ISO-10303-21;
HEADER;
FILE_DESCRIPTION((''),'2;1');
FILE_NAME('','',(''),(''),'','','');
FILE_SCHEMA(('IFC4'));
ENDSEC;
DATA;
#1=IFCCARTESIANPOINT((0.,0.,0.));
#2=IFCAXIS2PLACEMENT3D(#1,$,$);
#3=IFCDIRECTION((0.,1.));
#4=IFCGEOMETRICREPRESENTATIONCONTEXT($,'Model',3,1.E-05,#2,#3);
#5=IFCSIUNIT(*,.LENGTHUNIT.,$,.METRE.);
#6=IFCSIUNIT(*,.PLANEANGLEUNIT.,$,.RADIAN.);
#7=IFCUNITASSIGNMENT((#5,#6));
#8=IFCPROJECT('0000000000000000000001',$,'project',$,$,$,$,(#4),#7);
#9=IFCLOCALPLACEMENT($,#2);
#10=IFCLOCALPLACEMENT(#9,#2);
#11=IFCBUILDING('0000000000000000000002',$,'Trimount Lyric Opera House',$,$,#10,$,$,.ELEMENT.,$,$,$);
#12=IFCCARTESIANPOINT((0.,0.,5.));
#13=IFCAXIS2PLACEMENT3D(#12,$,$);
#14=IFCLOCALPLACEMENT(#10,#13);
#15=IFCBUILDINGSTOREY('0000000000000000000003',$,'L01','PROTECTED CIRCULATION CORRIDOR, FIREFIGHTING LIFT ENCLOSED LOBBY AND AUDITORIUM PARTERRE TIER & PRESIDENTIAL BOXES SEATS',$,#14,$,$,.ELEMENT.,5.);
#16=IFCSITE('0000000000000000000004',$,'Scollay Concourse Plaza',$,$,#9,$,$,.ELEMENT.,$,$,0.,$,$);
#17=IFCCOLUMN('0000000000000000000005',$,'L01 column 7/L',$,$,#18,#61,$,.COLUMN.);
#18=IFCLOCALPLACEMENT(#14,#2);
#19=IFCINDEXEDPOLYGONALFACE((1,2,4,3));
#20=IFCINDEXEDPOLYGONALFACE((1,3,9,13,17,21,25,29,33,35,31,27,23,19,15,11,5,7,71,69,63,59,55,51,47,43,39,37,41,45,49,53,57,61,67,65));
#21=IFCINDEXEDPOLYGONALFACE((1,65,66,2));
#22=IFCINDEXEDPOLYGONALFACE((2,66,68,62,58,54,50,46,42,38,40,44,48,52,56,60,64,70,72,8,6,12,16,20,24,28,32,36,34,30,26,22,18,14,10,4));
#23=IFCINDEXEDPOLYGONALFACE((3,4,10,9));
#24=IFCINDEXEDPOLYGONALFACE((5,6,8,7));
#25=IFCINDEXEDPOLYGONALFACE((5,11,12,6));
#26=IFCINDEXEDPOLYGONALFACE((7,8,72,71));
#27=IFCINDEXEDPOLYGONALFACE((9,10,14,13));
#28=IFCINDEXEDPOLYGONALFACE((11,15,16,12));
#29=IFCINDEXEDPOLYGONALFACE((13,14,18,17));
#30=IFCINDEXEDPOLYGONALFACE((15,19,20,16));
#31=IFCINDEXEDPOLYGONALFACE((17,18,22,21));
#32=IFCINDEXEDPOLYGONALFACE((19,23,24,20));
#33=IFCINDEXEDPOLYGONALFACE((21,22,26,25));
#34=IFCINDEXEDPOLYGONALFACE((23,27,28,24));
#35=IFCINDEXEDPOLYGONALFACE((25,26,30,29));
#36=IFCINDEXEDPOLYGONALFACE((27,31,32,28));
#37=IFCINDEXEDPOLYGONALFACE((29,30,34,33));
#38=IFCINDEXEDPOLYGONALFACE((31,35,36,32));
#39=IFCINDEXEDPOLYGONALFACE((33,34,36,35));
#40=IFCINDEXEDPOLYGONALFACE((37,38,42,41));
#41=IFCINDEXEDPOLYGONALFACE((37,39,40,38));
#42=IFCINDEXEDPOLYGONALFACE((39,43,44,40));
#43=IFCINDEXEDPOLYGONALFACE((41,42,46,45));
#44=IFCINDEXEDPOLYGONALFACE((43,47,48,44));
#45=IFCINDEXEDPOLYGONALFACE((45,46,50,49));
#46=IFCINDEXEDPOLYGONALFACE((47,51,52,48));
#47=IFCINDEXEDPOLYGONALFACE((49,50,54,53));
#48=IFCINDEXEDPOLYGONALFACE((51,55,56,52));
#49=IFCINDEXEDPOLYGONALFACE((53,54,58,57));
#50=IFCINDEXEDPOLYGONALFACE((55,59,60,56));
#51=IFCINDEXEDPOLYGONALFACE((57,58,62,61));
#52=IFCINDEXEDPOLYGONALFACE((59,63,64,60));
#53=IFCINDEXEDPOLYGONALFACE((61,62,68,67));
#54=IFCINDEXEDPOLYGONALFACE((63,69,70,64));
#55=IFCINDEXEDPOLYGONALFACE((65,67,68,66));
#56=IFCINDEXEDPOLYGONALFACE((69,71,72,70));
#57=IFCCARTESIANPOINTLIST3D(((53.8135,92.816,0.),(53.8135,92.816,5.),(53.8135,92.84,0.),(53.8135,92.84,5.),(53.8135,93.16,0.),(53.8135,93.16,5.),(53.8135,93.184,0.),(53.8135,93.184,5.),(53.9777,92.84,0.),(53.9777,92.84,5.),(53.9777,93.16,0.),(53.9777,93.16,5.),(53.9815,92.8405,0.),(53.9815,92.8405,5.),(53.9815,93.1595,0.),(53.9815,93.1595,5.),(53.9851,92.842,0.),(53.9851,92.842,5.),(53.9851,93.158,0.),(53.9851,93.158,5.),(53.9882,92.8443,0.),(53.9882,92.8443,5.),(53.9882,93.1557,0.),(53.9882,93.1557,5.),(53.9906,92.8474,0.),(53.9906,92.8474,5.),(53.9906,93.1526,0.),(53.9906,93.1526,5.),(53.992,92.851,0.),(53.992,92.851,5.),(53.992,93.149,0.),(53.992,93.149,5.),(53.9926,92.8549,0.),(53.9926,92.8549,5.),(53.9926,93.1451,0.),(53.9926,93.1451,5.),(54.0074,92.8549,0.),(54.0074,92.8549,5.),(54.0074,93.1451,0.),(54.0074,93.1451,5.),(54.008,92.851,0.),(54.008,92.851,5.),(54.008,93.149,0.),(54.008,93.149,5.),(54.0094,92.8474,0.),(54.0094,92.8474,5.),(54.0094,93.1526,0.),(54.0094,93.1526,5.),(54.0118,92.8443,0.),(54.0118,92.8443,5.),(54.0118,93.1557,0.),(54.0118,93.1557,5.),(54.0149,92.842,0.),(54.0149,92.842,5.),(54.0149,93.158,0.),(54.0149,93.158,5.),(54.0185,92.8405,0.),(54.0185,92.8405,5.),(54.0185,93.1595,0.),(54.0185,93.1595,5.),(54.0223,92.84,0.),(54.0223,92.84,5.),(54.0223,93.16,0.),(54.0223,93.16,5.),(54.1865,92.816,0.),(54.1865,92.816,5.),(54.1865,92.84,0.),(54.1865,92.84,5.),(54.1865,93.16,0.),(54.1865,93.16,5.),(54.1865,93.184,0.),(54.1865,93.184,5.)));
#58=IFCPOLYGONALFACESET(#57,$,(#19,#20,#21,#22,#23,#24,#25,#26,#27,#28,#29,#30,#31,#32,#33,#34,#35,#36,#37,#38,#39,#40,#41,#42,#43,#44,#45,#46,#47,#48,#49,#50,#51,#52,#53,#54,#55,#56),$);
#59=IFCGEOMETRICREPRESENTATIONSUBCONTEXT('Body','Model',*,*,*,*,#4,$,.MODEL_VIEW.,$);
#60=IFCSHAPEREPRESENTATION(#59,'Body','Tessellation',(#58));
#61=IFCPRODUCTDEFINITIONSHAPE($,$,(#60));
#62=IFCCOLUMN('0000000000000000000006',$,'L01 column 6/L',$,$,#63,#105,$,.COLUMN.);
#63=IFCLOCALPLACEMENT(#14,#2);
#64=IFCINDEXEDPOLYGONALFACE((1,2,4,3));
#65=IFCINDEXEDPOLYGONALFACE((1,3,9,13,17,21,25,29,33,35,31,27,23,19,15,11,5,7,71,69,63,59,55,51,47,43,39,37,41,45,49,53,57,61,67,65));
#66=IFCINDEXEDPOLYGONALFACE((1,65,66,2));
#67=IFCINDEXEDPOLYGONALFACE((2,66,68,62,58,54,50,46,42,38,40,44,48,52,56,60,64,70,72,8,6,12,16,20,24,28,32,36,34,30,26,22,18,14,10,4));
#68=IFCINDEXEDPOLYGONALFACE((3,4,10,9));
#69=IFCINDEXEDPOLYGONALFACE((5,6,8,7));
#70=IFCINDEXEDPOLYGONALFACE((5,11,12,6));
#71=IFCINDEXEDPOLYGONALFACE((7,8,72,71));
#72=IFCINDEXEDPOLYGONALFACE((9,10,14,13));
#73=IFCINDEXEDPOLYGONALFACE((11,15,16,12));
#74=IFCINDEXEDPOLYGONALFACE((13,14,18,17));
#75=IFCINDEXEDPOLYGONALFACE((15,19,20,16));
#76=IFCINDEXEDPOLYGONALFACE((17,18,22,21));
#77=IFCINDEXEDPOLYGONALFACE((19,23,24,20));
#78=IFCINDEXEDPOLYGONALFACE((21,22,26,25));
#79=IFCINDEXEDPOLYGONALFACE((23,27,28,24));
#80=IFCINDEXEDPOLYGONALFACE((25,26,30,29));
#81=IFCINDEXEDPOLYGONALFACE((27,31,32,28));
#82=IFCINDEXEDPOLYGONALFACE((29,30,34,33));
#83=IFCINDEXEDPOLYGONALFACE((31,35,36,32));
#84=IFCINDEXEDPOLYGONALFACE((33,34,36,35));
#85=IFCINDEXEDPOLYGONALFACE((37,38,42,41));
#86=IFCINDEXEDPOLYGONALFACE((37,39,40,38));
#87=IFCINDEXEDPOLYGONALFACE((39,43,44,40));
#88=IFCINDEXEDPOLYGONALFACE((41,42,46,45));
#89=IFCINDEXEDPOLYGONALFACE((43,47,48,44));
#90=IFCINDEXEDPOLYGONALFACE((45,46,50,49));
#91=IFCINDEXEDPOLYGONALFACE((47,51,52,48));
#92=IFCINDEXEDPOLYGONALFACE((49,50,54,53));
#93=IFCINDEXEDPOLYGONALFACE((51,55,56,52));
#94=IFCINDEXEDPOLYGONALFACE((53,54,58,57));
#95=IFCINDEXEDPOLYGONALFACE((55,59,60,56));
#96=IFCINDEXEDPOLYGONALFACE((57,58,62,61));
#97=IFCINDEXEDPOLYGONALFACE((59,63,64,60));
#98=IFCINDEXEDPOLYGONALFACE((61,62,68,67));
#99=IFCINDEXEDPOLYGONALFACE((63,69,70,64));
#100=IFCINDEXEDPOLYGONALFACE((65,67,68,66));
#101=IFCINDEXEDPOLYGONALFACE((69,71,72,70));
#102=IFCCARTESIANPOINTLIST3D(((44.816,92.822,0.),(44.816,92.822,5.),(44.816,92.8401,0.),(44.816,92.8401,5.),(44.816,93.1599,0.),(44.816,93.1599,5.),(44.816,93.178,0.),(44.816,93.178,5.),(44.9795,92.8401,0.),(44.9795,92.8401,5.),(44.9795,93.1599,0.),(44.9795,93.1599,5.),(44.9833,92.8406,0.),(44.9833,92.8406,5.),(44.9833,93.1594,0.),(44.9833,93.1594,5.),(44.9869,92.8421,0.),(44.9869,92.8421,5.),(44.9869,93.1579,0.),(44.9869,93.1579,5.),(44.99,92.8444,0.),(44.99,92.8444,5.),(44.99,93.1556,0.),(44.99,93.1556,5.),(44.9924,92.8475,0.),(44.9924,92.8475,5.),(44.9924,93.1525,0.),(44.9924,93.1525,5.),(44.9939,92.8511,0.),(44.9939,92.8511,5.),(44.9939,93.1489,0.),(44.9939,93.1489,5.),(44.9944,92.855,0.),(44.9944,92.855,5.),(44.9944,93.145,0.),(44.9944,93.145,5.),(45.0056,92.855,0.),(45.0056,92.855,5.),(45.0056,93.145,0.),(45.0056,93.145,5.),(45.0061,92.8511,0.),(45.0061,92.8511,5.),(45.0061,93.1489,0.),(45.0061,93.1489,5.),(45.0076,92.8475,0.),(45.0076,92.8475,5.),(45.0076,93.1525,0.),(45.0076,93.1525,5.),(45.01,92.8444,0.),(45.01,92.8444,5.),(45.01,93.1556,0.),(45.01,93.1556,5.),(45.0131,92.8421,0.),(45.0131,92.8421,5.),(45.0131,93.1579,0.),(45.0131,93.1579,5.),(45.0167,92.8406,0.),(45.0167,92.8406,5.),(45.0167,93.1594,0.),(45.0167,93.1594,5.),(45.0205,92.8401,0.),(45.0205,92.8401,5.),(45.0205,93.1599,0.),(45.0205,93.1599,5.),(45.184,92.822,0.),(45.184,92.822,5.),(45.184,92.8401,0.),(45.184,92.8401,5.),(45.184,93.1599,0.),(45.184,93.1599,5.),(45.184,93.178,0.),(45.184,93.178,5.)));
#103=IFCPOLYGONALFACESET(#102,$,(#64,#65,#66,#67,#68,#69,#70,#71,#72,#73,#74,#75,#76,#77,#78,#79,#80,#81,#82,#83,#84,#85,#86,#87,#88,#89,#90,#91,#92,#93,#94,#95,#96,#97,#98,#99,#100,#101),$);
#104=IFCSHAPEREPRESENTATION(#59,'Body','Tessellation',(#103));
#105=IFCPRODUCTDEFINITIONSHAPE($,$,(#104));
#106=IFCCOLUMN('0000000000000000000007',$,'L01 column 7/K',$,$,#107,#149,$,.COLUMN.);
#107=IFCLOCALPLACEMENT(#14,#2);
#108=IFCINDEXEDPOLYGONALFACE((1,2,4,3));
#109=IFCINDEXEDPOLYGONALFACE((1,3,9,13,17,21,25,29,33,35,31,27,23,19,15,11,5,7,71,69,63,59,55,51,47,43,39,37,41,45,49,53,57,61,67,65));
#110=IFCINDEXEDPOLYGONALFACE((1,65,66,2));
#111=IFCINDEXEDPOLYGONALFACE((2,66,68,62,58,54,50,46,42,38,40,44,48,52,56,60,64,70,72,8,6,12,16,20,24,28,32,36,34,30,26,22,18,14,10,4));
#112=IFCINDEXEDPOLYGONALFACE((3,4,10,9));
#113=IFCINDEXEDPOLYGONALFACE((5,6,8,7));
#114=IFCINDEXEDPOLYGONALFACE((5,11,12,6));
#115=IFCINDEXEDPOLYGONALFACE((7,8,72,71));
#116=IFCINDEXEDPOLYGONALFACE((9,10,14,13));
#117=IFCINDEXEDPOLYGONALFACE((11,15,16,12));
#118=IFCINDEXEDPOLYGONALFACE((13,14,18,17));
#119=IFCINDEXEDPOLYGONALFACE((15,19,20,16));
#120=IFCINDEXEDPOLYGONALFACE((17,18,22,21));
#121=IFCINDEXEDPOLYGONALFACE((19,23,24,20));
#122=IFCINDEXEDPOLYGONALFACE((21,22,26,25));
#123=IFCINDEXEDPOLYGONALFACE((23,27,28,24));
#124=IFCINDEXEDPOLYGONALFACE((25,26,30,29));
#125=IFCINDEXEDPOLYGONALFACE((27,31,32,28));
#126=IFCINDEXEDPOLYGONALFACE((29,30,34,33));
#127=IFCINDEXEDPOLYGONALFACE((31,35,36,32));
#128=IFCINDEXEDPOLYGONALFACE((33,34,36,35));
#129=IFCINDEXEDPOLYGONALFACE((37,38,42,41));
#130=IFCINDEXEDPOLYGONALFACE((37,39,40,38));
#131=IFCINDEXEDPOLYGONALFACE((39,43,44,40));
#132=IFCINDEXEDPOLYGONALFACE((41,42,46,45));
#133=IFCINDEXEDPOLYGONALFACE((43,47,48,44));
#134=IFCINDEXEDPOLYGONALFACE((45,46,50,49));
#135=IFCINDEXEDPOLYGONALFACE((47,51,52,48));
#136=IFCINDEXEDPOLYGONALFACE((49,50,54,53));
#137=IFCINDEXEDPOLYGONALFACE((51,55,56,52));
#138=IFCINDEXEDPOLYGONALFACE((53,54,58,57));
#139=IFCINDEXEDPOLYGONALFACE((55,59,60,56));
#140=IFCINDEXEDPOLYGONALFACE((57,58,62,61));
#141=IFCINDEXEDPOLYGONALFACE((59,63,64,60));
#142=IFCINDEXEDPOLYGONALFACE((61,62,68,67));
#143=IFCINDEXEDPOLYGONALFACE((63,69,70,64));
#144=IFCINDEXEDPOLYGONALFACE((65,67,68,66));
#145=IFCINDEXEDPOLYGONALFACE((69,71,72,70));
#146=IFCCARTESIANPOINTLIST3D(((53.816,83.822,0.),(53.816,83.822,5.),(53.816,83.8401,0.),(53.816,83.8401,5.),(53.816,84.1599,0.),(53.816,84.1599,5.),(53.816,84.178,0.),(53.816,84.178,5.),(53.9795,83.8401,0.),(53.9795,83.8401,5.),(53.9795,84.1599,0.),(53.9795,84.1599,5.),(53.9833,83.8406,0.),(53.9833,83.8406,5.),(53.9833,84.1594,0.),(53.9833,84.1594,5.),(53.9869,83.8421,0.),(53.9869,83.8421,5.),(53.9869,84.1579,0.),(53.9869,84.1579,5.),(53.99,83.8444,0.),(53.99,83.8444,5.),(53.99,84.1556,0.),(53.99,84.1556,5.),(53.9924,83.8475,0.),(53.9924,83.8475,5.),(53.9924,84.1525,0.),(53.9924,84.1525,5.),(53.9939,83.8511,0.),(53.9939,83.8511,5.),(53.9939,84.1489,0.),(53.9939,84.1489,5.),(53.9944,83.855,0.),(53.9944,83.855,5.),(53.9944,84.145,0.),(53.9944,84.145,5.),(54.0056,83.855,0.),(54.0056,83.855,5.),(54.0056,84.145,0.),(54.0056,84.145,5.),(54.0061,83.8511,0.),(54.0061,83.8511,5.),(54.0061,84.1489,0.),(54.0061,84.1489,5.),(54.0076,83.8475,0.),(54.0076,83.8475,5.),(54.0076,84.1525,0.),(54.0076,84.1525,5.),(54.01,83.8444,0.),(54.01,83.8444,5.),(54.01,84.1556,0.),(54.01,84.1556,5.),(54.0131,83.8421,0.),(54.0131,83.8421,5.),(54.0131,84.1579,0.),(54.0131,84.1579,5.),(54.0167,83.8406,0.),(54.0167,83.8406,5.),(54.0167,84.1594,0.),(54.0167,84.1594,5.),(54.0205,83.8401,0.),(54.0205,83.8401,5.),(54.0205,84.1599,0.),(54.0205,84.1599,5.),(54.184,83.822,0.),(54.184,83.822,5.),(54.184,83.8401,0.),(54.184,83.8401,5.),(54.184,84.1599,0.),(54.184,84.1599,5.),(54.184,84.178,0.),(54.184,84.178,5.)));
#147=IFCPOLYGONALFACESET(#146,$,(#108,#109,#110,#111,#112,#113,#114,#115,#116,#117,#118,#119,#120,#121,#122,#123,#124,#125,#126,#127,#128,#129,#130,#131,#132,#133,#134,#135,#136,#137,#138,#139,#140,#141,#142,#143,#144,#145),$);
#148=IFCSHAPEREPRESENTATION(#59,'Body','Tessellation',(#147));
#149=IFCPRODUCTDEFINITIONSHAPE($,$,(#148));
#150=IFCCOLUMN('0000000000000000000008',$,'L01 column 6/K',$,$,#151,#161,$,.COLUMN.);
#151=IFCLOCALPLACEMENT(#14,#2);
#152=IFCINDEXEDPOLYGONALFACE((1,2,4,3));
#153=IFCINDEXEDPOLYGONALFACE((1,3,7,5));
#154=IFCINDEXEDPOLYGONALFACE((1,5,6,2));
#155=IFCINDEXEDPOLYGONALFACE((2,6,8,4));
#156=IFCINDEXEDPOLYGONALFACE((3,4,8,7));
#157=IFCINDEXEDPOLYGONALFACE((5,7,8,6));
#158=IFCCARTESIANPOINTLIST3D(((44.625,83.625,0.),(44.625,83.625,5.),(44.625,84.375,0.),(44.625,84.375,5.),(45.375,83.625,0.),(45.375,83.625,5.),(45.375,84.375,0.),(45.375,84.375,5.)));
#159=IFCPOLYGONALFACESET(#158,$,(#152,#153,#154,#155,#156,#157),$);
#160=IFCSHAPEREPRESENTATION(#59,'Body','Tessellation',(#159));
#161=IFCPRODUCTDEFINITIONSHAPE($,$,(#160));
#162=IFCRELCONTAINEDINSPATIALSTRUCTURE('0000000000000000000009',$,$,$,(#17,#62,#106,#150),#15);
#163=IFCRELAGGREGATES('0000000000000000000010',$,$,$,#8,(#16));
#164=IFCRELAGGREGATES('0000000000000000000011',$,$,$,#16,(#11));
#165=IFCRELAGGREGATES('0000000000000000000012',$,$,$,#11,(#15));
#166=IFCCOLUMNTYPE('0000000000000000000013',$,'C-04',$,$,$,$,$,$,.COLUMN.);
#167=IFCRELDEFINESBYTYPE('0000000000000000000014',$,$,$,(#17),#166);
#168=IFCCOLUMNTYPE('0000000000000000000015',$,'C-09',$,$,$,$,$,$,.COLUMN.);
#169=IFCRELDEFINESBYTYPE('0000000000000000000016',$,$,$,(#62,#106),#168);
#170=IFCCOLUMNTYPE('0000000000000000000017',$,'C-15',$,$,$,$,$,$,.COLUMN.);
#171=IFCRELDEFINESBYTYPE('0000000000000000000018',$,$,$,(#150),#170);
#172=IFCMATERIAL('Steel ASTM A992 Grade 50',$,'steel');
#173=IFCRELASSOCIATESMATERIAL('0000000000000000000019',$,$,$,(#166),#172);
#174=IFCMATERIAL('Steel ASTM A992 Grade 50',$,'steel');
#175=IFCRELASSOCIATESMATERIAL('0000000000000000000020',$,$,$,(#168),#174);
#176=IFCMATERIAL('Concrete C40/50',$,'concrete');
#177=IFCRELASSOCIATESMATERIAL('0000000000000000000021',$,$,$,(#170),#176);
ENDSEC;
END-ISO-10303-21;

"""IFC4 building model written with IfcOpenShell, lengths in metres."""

from ifc_helpers import new_model, si_unit, direction, frame, origin, origin_2d, place, context, subcontext, project, spatial, rectangle, i_section, extrude, material, material_profile, profile_set, type_object, element, save


model = new_model("IFC4")

# Units and contexts
model_context = context("Model", 3, precision=1e-05, world=origin(), true_north=direction((0.0, 1.0)))
body_context = subcontext(model_context, "Body", "Model", "MODEL_VIEW")
ifc_project = project(units=[si_unit("LENGTHUNIT", "METRE"), si_unit("PLANEANGLEUNIT", "RADIAN")], contexts=[model_context])

# Site, building, storey
site_placement = place(None, origin())
site = spatial("IfcSite", under=ifc_project, at=site_placement, Name="Scollay Concourse Plaza", CompositionType="ELEMENT", RefElevation=0.0)
building_placement = place(site_placement, origin())
building = spatial("IfcBuilding", under=site, at=building_placement, Name="Trimount Lyric Opera House", CompositionType="ELEMENT")
storey_placement = place(building_placement, frame((0.0, 0.0, 5.0)))
storey = spatial("IfcBuildingStorey", under=building, at=storey_placement, Name="L01", Description="PROTECTED CIRCULATION CORRIDOR, FIREFIGHTING LIFT ENCLOSED LOBBY AND AUDITORIUM PARTERRE TIER & PRESIDENTIAL BOXES SEATS", CompositionType="ELEMENT", Elevation=5.0)

# Columns
ifc_material_1 = material(Name="Steel ASTM A992 Grade 50", Category="steel")
ifc_material_profile_1 = material_profile(ifc_material_1, i_section(OverallWidth=0.373, OverallDepth=0.3679, WebThickness=0.0149, FlangeThickness=0.0239, FilletRadius=0.0149, at=origin_2d()), Name="W14X120")
ifc_profile_set_1 = profile_set([ifc_material_profile_1], Name="Steel ASTM A992 Grade 50")
column_type_1 = type_object("IfcColumnType", Name="C-04", PredefinedType="COLUMN", material=ifc_profile_set_1)
column_1_placement = place(storey_placement, frame((54.0, 93.0, 0.0), z_axis=(0.0, 0.0, 1.0), x_axis=(1.0, 0.0, 0.0)))
element("IfcColumn", 1, at=column_1_placement, inside=storey, type_object=column_type_1, Name="L01 column 7/L", PredefinedType="COLUMN", context=body_context, shape_type="SweptSolid", body=[
    extrude(i_section(OverallWidth=0.373, OverallDepth=0.3679, WebThickness=0.0149, FlangeThickness=0.0239, FilletRadius=0.0149, at=origin_2d()), origin(), (0.0, 0.0, 1.0), 5.0),
])
ifc_material_2 = material(Name="Steel ASTM A992 Grade 50", Category="steel")
ifc_material_profile_2 = material_profile(ifc_material_2, i_section(OverallWidth=0.3679, OverallDepth=0.356, WebThickness=0.0112, FlangeThickness=0.0181, FilletRadius=0.0149, at=origin_2d()), Name="W14X90")
ifc_profile_set_2 = profile_set([ifc_material_profile_2], Name="Steel ASTM A992 Grade 50")
column_type_2 = type_object("IfcColumnType", Name="C-09", PredefinedType="COLUMN", material=ifc_profile_set_2)
for number, where, z_axis, x_axis, name in (
    (2, (45.0, 93.0, 0.0), (0.0, 0.0, 1.0), (1.0, 0.0, 0.0), "L01 column 6/L"),
    (3, (54.0, 84.0, 0.0), (0.0, 0.0, 1.0), (1.0, 0.0, 0.0), "L01 column 7/K"),
):
    element("IfcColumn", number, at=place(storey_placement, frame(where, z_axis=z_axis, x_axis=x_axis)), inside=storey, type_object=column_type_2, Name=name, PredefinedType="COLUMN", context=body_context, shape_type="SweptSolid", body=[
        extrude(i_section(OverallWidth=0.3679, OverallDepth=0.356, WebThickness=0.0112, FlangeThickness=0.0181, FilletRadius=0.0149, at=origin_2d()), origin(), (0.0, 0.0, 1.0), 5.0),
    ])
ifc_material_3 = material(Name="Concrete C40/50", Category="concrete")
ifc_material_profile_3 = material_profile(ifc_material_3, rectangle(XDim=0.75, YDim=0.75, at=origin_2d()), Name="RC750X750")
ifc_profile_set_3 = profile_set([ifc_material_profile_3], Name="Concrete C40/50")
column_type_3 = type_object("IfcColumnType", Name="C-15", PredefinedType="COLUMN", material=ifc_profile_set_3)
column_2_placement = place(storey_placement, frame((45.0, 84.0, 0.0), z_axis=(0.0, 0.0, 1.0), x_axis=(1.0, 0.0, 0.0)))
element("IfcColumn", 4, at=column_2_placement, inside=storey, type_object=column_type_3, Name="L01 column 6/K", PredefinedType="COLUMN", context=body_context, shape_type="SweptSolid", body=[
    extrude(rectangle(XDim=0.75, YDim=0.75, at=origin_2d()), origin(), (0.0, 0.0, 1.0), 5.0),
])

save(model, "model.ifc")
